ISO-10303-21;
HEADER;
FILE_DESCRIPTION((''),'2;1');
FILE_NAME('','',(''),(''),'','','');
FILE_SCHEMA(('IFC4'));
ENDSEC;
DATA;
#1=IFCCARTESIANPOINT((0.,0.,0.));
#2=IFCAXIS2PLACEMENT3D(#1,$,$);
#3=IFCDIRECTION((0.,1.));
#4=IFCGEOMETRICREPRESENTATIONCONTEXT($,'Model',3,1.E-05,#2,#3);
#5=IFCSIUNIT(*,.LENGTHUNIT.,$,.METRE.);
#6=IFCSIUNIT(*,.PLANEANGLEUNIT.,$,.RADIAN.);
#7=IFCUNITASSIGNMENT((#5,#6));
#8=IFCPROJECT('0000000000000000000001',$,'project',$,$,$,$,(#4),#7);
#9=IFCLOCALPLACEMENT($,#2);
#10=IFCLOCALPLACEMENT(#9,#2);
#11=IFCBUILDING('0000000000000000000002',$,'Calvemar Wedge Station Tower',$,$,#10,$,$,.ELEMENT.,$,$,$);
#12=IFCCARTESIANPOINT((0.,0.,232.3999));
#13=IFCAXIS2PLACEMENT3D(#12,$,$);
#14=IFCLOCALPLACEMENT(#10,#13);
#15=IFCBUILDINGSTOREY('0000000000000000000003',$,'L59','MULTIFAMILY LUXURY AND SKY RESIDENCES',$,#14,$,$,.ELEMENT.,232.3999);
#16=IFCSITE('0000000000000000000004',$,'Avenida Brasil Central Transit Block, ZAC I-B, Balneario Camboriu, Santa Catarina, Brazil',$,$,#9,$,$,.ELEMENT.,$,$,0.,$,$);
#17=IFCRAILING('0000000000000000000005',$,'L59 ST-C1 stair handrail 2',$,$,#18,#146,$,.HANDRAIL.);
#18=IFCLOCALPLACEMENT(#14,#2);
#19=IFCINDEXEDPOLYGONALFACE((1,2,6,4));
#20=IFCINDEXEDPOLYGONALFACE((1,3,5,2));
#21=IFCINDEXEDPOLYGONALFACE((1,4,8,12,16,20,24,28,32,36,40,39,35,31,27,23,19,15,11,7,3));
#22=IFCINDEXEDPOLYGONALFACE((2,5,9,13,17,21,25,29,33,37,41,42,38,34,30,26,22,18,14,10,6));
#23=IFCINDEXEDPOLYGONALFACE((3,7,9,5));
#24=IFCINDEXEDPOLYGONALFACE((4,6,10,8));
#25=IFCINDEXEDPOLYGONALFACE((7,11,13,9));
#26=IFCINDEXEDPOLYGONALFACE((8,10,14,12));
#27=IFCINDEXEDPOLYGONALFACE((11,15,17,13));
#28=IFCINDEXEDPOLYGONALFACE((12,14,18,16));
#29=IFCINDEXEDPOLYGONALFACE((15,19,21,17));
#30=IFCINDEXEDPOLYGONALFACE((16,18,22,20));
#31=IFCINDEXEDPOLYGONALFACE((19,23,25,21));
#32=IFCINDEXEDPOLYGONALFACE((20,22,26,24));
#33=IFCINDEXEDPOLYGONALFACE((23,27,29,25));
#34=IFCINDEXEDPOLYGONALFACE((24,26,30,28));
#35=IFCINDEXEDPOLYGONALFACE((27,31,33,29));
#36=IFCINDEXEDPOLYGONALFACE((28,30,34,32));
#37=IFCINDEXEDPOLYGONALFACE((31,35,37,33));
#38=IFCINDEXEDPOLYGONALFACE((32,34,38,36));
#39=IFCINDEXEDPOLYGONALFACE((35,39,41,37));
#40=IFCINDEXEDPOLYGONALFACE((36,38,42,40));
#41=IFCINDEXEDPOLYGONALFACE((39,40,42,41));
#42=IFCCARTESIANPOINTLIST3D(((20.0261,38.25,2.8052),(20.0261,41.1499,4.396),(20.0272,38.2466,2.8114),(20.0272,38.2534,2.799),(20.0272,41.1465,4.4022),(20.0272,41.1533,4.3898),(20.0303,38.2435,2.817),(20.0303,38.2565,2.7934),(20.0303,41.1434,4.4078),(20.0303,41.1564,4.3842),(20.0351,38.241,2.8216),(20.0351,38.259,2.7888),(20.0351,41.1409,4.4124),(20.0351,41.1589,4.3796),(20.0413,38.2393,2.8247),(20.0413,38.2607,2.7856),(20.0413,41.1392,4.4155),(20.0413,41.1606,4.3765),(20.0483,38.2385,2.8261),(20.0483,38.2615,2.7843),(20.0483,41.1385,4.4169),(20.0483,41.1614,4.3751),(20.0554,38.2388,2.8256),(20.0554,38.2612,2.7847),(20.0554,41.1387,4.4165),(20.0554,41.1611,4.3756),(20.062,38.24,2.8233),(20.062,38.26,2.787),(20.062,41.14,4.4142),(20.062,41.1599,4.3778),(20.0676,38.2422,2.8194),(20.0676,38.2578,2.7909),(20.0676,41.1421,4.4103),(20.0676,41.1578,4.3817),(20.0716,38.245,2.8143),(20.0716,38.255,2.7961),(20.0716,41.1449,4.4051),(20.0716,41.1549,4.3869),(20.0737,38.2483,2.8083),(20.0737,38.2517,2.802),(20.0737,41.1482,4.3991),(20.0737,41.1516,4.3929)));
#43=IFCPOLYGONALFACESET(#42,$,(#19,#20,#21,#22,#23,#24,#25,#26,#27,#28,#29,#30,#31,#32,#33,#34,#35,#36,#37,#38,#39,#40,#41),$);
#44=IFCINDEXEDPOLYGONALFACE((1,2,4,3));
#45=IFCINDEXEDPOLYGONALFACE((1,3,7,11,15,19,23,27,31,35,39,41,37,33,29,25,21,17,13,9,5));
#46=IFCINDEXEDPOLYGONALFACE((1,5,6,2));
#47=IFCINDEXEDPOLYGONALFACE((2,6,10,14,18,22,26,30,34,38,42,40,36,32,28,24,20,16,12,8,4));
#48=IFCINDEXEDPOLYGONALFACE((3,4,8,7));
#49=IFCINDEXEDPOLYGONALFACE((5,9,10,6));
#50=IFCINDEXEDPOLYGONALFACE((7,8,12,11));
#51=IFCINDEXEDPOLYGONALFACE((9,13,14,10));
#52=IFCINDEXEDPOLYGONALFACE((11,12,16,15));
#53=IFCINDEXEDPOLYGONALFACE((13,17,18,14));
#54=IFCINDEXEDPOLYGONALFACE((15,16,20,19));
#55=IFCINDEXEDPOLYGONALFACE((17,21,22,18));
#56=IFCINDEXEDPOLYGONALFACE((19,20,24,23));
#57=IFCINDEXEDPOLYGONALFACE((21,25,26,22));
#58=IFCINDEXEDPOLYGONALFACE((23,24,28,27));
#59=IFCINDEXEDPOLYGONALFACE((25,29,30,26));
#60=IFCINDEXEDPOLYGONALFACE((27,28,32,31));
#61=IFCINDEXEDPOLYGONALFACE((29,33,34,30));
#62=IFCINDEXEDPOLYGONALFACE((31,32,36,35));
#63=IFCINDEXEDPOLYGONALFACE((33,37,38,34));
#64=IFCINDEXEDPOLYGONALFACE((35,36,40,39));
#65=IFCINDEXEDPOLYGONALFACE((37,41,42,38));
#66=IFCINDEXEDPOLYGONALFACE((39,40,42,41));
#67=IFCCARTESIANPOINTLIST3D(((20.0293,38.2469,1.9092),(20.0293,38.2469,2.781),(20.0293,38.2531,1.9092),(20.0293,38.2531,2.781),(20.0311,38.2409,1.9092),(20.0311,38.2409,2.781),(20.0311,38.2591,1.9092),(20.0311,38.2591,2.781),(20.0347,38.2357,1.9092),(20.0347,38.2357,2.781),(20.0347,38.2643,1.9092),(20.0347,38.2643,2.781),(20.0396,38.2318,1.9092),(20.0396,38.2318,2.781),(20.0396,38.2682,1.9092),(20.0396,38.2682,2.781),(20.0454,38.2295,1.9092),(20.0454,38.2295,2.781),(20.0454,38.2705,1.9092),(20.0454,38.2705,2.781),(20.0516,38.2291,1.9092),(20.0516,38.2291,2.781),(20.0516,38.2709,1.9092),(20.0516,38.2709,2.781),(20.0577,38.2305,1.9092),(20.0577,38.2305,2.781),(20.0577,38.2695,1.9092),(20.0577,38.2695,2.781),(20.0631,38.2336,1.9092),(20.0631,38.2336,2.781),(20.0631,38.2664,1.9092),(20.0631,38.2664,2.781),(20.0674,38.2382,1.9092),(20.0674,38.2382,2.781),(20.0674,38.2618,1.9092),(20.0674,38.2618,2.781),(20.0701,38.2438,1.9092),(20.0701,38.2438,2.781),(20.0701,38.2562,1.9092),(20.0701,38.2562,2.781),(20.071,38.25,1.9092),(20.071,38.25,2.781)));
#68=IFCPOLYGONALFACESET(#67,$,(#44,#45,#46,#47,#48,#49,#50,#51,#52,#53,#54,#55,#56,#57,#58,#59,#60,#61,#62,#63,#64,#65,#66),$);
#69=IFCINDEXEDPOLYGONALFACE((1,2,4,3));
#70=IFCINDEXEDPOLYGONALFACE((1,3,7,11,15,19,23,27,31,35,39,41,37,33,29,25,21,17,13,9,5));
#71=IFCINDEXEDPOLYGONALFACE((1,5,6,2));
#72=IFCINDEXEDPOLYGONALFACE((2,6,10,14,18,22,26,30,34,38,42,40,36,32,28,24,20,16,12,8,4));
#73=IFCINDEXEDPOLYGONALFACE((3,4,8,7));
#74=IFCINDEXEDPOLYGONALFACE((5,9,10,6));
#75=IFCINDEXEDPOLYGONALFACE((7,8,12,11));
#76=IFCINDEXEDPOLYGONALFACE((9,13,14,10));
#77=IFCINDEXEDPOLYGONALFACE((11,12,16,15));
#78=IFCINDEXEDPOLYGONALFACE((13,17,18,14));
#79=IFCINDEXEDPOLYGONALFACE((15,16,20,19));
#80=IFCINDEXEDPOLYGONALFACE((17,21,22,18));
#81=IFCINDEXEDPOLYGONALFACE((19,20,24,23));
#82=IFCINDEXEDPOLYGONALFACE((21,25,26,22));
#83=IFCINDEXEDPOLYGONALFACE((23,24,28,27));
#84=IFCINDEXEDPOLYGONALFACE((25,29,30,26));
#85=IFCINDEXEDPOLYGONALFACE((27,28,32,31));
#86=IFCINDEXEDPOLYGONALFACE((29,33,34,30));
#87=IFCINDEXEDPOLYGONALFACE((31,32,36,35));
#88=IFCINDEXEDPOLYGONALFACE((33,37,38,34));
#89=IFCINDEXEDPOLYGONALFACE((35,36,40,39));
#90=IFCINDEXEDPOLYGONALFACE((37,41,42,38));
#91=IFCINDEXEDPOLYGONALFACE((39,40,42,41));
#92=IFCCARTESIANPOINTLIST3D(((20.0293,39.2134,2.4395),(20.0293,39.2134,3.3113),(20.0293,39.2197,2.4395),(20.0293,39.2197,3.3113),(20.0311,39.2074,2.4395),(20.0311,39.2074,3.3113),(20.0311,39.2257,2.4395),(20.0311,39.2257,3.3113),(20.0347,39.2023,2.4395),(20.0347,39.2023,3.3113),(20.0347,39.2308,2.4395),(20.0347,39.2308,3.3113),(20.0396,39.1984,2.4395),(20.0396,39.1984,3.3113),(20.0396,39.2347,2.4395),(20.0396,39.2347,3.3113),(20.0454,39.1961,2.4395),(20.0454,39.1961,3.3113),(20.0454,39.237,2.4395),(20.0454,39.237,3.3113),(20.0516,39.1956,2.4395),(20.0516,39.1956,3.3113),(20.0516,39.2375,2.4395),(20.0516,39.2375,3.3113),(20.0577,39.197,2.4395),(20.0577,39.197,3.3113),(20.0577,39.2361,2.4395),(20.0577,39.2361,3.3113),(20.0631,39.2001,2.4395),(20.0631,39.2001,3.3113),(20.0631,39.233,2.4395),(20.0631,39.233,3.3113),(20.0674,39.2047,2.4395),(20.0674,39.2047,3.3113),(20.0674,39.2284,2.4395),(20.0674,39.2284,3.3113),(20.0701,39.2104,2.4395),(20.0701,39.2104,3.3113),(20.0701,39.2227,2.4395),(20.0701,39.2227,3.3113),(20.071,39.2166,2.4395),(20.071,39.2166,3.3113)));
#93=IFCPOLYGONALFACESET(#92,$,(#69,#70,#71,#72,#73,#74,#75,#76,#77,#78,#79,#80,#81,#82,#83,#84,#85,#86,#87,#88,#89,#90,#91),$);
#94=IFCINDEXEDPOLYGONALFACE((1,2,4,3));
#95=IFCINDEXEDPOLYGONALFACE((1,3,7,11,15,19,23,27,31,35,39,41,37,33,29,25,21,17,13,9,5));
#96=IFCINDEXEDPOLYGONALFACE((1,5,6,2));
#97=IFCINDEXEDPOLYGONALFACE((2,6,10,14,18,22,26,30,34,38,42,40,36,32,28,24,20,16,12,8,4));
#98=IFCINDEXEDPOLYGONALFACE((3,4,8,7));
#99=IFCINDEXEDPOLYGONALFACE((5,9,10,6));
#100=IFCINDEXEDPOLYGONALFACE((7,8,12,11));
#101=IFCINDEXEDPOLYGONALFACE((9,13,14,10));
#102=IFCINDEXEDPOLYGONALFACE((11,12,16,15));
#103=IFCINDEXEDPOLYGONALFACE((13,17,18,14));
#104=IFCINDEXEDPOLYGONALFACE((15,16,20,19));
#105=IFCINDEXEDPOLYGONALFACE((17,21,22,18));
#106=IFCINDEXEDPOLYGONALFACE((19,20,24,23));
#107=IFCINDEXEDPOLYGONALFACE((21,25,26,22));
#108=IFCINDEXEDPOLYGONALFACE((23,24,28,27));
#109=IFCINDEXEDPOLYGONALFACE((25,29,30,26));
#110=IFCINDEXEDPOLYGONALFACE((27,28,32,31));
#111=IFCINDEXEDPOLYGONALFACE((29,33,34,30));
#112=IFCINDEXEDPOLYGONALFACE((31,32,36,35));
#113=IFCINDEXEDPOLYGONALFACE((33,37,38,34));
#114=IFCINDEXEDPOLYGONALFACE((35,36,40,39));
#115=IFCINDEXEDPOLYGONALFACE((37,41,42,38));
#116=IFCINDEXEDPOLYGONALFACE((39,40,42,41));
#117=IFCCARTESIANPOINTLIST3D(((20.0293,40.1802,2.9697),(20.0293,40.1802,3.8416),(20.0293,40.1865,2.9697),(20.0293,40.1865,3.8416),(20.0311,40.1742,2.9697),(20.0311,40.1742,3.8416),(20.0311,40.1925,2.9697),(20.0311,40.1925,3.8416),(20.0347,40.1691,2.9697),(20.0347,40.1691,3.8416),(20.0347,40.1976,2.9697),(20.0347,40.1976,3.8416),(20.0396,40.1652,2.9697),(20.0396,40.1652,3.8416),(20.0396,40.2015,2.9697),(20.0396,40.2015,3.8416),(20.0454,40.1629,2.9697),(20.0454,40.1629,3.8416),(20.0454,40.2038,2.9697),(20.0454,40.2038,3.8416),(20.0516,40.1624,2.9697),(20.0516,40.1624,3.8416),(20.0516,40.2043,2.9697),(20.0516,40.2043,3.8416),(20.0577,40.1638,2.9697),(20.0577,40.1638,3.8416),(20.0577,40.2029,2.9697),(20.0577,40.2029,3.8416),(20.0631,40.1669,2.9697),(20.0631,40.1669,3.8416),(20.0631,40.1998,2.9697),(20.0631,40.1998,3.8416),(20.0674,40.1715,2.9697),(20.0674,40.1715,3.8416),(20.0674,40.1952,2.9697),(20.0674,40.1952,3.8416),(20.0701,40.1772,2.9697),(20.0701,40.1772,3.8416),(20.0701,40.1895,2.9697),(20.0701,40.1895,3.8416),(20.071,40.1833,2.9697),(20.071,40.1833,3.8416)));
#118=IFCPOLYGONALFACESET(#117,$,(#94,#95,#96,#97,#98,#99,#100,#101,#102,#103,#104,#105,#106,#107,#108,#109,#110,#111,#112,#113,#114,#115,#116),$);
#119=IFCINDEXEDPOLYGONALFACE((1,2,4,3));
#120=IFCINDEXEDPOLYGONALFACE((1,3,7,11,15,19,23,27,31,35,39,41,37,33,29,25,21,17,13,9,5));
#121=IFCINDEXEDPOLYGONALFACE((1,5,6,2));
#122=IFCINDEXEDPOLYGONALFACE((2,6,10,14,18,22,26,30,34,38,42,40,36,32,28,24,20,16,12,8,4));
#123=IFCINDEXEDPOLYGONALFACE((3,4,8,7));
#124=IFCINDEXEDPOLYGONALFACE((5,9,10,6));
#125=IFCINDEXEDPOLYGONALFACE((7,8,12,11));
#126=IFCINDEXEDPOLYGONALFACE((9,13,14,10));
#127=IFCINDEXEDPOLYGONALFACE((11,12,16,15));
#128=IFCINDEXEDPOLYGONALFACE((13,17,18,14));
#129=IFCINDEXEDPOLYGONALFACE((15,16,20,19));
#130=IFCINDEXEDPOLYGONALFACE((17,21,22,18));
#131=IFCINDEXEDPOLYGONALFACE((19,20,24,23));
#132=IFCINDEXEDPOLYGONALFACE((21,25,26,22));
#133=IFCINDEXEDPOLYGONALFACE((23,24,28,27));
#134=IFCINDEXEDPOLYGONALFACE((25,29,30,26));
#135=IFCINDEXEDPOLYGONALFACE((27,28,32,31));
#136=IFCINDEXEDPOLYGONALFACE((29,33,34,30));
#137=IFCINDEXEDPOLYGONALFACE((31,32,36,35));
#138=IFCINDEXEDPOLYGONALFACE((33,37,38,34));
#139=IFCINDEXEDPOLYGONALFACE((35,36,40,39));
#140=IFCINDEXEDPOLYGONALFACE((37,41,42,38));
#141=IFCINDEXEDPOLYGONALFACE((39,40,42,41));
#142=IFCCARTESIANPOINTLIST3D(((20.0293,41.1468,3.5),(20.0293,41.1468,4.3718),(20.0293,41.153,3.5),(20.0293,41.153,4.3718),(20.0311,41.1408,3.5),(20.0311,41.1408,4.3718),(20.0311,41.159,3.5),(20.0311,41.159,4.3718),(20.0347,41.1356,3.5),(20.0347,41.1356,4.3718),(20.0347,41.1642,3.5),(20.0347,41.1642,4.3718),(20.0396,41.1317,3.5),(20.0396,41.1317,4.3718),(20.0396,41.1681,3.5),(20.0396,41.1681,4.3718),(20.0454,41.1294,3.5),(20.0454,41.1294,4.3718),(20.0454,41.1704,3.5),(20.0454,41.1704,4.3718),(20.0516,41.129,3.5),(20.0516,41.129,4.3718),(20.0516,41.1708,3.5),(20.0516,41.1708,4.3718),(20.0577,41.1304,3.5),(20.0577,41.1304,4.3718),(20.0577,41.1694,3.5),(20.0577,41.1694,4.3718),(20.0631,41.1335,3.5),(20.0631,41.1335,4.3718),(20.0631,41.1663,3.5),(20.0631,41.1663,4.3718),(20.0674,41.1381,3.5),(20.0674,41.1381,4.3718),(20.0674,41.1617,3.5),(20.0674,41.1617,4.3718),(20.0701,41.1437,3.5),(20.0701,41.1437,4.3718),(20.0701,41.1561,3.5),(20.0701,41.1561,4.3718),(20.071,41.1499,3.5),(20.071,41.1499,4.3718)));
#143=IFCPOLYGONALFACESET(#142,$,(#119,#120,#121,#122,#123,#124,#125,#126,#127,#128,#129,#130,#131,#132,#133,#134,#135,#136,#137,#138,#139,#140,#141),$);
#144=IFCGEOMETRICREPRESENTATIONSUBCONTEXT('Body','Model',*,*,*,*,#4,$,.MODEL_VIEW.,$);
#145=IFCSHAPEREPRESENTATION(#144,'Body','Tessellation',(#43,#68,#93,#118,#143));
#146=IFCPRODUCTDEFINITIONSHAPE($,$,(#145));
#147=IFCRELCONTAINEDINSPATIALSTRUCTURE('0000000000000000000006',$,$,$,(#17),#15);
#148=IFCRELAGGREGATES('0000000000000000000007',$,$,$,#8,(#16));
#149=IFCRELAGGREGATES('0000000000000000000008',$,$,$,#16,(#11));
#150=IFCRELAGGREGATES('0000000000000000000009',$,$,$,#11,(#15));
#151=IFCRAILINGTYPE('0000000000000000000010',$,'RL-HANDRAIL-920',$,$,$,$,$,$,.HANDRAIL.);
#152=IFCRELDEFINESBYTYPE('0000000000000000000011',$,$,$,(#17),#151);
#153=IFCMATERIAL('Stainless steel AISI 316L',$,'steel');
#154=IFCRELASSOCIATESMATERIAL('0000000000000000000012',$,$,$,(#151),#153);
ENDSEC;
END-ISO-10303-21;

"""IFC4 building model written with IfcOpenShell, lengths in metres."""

from ifc_helpers import new_model, si_unit, direction, frame, origin, origin_2d, place, context, subcontext, project, spatial, circle, extrude, material, type_object, element, save


model = new_model("IFC4")

# Units and contexts
model_context = context("Model", 3, precision=1e-05, world=origin(), true_north=direction((0.0, 1.0)))
body_context = subcontext(model_context, "Body", "Model", "MODEL_VIEW")
ifc_project = project(units=[si_unit("LENGTHUNIT", "METRE"), si_unit("PLANEANGLEUNIT", "RADIAN")], contexts=[model_context])

# Site, building, storey
site_placement = place(None, origin())
site = spatial("IfcSite", under=ifc_project, at=site_placement, Name="Avenida Brasil Central Transit Block, ZAC I-B, Balneario Camboriu, Santa Catarina, Brazil", CompositionType="ELEMENT", RefElevation=0.0)
building_placement = place(site_placement, origin())
building = spatial("IfcBuilding", under=site, at=building_placement, Name="Calvemar Wedge Station Tower", CompositionType="ELEMENT")
storey_placement = place(building_placement, frame((0.0, 0.0, 232.3999)))
storey = spatial("IfcBuildingStorey", under=building, at=storey_placement, Name="L59", Description="MULTIFAMILY LUXURY AND SKY RESIDENCES", CompositionType="ELEMENT", Elevation=232.3999)

# Railing
ifc_material_1 = material(Name="Stainless steel AISI 316L", Category="steel")
railing_type_1 = type_object("IfcRailingType", Name="RL-HANDRAIL-920", PredefinedType="HANDRAIL", material=ifc_material_1)
railing_1_placement = place(storey_placement, frame((20.05, 38.25, 1.9092)))
element("IfcRailing", 1, at=railing_1_placement, inside=storey, type_object=railing_type_1, Name="L59 ST-C1 stair handrail 2", PredefinedType="HANDRAIL", context=body_context, shape_type="SweptSolid", body=[
    extrude(circle(Radius=0.0239, at=origin_2d()), frame((0.0, 0.0, 0.896), z_axis=(0.0, 0.876742, 0.480961), x_axis=(-1.0, 0.0, 0.0)), (0.0, 0.0, 1.0), 3.3076),
    extrude(circle(Radius=0.021, at=origin_2d()), origin(), (0.0, 0.0, 1.0), 0.8718),
    extrude(circle(Radius=0.021, at=origin_2d()), frame((0.0, 0.9666, 0.5303)), (0.0, 0.0, 1.0), 0.8718),
    extrude(circle(Radius=0.021, at=origin_2d()), frame((0.0, 1.9333, 1.0605)), (0.0, 0.0, 1.0), 0.8718),
    extrude(circle(Radius=0.021, at=origin_2d()), frame((0.0, 2.8999, 1.5908)), (0.0, 0.0, 1.0), 0.8718),
])

save(model, "model.ifc")
